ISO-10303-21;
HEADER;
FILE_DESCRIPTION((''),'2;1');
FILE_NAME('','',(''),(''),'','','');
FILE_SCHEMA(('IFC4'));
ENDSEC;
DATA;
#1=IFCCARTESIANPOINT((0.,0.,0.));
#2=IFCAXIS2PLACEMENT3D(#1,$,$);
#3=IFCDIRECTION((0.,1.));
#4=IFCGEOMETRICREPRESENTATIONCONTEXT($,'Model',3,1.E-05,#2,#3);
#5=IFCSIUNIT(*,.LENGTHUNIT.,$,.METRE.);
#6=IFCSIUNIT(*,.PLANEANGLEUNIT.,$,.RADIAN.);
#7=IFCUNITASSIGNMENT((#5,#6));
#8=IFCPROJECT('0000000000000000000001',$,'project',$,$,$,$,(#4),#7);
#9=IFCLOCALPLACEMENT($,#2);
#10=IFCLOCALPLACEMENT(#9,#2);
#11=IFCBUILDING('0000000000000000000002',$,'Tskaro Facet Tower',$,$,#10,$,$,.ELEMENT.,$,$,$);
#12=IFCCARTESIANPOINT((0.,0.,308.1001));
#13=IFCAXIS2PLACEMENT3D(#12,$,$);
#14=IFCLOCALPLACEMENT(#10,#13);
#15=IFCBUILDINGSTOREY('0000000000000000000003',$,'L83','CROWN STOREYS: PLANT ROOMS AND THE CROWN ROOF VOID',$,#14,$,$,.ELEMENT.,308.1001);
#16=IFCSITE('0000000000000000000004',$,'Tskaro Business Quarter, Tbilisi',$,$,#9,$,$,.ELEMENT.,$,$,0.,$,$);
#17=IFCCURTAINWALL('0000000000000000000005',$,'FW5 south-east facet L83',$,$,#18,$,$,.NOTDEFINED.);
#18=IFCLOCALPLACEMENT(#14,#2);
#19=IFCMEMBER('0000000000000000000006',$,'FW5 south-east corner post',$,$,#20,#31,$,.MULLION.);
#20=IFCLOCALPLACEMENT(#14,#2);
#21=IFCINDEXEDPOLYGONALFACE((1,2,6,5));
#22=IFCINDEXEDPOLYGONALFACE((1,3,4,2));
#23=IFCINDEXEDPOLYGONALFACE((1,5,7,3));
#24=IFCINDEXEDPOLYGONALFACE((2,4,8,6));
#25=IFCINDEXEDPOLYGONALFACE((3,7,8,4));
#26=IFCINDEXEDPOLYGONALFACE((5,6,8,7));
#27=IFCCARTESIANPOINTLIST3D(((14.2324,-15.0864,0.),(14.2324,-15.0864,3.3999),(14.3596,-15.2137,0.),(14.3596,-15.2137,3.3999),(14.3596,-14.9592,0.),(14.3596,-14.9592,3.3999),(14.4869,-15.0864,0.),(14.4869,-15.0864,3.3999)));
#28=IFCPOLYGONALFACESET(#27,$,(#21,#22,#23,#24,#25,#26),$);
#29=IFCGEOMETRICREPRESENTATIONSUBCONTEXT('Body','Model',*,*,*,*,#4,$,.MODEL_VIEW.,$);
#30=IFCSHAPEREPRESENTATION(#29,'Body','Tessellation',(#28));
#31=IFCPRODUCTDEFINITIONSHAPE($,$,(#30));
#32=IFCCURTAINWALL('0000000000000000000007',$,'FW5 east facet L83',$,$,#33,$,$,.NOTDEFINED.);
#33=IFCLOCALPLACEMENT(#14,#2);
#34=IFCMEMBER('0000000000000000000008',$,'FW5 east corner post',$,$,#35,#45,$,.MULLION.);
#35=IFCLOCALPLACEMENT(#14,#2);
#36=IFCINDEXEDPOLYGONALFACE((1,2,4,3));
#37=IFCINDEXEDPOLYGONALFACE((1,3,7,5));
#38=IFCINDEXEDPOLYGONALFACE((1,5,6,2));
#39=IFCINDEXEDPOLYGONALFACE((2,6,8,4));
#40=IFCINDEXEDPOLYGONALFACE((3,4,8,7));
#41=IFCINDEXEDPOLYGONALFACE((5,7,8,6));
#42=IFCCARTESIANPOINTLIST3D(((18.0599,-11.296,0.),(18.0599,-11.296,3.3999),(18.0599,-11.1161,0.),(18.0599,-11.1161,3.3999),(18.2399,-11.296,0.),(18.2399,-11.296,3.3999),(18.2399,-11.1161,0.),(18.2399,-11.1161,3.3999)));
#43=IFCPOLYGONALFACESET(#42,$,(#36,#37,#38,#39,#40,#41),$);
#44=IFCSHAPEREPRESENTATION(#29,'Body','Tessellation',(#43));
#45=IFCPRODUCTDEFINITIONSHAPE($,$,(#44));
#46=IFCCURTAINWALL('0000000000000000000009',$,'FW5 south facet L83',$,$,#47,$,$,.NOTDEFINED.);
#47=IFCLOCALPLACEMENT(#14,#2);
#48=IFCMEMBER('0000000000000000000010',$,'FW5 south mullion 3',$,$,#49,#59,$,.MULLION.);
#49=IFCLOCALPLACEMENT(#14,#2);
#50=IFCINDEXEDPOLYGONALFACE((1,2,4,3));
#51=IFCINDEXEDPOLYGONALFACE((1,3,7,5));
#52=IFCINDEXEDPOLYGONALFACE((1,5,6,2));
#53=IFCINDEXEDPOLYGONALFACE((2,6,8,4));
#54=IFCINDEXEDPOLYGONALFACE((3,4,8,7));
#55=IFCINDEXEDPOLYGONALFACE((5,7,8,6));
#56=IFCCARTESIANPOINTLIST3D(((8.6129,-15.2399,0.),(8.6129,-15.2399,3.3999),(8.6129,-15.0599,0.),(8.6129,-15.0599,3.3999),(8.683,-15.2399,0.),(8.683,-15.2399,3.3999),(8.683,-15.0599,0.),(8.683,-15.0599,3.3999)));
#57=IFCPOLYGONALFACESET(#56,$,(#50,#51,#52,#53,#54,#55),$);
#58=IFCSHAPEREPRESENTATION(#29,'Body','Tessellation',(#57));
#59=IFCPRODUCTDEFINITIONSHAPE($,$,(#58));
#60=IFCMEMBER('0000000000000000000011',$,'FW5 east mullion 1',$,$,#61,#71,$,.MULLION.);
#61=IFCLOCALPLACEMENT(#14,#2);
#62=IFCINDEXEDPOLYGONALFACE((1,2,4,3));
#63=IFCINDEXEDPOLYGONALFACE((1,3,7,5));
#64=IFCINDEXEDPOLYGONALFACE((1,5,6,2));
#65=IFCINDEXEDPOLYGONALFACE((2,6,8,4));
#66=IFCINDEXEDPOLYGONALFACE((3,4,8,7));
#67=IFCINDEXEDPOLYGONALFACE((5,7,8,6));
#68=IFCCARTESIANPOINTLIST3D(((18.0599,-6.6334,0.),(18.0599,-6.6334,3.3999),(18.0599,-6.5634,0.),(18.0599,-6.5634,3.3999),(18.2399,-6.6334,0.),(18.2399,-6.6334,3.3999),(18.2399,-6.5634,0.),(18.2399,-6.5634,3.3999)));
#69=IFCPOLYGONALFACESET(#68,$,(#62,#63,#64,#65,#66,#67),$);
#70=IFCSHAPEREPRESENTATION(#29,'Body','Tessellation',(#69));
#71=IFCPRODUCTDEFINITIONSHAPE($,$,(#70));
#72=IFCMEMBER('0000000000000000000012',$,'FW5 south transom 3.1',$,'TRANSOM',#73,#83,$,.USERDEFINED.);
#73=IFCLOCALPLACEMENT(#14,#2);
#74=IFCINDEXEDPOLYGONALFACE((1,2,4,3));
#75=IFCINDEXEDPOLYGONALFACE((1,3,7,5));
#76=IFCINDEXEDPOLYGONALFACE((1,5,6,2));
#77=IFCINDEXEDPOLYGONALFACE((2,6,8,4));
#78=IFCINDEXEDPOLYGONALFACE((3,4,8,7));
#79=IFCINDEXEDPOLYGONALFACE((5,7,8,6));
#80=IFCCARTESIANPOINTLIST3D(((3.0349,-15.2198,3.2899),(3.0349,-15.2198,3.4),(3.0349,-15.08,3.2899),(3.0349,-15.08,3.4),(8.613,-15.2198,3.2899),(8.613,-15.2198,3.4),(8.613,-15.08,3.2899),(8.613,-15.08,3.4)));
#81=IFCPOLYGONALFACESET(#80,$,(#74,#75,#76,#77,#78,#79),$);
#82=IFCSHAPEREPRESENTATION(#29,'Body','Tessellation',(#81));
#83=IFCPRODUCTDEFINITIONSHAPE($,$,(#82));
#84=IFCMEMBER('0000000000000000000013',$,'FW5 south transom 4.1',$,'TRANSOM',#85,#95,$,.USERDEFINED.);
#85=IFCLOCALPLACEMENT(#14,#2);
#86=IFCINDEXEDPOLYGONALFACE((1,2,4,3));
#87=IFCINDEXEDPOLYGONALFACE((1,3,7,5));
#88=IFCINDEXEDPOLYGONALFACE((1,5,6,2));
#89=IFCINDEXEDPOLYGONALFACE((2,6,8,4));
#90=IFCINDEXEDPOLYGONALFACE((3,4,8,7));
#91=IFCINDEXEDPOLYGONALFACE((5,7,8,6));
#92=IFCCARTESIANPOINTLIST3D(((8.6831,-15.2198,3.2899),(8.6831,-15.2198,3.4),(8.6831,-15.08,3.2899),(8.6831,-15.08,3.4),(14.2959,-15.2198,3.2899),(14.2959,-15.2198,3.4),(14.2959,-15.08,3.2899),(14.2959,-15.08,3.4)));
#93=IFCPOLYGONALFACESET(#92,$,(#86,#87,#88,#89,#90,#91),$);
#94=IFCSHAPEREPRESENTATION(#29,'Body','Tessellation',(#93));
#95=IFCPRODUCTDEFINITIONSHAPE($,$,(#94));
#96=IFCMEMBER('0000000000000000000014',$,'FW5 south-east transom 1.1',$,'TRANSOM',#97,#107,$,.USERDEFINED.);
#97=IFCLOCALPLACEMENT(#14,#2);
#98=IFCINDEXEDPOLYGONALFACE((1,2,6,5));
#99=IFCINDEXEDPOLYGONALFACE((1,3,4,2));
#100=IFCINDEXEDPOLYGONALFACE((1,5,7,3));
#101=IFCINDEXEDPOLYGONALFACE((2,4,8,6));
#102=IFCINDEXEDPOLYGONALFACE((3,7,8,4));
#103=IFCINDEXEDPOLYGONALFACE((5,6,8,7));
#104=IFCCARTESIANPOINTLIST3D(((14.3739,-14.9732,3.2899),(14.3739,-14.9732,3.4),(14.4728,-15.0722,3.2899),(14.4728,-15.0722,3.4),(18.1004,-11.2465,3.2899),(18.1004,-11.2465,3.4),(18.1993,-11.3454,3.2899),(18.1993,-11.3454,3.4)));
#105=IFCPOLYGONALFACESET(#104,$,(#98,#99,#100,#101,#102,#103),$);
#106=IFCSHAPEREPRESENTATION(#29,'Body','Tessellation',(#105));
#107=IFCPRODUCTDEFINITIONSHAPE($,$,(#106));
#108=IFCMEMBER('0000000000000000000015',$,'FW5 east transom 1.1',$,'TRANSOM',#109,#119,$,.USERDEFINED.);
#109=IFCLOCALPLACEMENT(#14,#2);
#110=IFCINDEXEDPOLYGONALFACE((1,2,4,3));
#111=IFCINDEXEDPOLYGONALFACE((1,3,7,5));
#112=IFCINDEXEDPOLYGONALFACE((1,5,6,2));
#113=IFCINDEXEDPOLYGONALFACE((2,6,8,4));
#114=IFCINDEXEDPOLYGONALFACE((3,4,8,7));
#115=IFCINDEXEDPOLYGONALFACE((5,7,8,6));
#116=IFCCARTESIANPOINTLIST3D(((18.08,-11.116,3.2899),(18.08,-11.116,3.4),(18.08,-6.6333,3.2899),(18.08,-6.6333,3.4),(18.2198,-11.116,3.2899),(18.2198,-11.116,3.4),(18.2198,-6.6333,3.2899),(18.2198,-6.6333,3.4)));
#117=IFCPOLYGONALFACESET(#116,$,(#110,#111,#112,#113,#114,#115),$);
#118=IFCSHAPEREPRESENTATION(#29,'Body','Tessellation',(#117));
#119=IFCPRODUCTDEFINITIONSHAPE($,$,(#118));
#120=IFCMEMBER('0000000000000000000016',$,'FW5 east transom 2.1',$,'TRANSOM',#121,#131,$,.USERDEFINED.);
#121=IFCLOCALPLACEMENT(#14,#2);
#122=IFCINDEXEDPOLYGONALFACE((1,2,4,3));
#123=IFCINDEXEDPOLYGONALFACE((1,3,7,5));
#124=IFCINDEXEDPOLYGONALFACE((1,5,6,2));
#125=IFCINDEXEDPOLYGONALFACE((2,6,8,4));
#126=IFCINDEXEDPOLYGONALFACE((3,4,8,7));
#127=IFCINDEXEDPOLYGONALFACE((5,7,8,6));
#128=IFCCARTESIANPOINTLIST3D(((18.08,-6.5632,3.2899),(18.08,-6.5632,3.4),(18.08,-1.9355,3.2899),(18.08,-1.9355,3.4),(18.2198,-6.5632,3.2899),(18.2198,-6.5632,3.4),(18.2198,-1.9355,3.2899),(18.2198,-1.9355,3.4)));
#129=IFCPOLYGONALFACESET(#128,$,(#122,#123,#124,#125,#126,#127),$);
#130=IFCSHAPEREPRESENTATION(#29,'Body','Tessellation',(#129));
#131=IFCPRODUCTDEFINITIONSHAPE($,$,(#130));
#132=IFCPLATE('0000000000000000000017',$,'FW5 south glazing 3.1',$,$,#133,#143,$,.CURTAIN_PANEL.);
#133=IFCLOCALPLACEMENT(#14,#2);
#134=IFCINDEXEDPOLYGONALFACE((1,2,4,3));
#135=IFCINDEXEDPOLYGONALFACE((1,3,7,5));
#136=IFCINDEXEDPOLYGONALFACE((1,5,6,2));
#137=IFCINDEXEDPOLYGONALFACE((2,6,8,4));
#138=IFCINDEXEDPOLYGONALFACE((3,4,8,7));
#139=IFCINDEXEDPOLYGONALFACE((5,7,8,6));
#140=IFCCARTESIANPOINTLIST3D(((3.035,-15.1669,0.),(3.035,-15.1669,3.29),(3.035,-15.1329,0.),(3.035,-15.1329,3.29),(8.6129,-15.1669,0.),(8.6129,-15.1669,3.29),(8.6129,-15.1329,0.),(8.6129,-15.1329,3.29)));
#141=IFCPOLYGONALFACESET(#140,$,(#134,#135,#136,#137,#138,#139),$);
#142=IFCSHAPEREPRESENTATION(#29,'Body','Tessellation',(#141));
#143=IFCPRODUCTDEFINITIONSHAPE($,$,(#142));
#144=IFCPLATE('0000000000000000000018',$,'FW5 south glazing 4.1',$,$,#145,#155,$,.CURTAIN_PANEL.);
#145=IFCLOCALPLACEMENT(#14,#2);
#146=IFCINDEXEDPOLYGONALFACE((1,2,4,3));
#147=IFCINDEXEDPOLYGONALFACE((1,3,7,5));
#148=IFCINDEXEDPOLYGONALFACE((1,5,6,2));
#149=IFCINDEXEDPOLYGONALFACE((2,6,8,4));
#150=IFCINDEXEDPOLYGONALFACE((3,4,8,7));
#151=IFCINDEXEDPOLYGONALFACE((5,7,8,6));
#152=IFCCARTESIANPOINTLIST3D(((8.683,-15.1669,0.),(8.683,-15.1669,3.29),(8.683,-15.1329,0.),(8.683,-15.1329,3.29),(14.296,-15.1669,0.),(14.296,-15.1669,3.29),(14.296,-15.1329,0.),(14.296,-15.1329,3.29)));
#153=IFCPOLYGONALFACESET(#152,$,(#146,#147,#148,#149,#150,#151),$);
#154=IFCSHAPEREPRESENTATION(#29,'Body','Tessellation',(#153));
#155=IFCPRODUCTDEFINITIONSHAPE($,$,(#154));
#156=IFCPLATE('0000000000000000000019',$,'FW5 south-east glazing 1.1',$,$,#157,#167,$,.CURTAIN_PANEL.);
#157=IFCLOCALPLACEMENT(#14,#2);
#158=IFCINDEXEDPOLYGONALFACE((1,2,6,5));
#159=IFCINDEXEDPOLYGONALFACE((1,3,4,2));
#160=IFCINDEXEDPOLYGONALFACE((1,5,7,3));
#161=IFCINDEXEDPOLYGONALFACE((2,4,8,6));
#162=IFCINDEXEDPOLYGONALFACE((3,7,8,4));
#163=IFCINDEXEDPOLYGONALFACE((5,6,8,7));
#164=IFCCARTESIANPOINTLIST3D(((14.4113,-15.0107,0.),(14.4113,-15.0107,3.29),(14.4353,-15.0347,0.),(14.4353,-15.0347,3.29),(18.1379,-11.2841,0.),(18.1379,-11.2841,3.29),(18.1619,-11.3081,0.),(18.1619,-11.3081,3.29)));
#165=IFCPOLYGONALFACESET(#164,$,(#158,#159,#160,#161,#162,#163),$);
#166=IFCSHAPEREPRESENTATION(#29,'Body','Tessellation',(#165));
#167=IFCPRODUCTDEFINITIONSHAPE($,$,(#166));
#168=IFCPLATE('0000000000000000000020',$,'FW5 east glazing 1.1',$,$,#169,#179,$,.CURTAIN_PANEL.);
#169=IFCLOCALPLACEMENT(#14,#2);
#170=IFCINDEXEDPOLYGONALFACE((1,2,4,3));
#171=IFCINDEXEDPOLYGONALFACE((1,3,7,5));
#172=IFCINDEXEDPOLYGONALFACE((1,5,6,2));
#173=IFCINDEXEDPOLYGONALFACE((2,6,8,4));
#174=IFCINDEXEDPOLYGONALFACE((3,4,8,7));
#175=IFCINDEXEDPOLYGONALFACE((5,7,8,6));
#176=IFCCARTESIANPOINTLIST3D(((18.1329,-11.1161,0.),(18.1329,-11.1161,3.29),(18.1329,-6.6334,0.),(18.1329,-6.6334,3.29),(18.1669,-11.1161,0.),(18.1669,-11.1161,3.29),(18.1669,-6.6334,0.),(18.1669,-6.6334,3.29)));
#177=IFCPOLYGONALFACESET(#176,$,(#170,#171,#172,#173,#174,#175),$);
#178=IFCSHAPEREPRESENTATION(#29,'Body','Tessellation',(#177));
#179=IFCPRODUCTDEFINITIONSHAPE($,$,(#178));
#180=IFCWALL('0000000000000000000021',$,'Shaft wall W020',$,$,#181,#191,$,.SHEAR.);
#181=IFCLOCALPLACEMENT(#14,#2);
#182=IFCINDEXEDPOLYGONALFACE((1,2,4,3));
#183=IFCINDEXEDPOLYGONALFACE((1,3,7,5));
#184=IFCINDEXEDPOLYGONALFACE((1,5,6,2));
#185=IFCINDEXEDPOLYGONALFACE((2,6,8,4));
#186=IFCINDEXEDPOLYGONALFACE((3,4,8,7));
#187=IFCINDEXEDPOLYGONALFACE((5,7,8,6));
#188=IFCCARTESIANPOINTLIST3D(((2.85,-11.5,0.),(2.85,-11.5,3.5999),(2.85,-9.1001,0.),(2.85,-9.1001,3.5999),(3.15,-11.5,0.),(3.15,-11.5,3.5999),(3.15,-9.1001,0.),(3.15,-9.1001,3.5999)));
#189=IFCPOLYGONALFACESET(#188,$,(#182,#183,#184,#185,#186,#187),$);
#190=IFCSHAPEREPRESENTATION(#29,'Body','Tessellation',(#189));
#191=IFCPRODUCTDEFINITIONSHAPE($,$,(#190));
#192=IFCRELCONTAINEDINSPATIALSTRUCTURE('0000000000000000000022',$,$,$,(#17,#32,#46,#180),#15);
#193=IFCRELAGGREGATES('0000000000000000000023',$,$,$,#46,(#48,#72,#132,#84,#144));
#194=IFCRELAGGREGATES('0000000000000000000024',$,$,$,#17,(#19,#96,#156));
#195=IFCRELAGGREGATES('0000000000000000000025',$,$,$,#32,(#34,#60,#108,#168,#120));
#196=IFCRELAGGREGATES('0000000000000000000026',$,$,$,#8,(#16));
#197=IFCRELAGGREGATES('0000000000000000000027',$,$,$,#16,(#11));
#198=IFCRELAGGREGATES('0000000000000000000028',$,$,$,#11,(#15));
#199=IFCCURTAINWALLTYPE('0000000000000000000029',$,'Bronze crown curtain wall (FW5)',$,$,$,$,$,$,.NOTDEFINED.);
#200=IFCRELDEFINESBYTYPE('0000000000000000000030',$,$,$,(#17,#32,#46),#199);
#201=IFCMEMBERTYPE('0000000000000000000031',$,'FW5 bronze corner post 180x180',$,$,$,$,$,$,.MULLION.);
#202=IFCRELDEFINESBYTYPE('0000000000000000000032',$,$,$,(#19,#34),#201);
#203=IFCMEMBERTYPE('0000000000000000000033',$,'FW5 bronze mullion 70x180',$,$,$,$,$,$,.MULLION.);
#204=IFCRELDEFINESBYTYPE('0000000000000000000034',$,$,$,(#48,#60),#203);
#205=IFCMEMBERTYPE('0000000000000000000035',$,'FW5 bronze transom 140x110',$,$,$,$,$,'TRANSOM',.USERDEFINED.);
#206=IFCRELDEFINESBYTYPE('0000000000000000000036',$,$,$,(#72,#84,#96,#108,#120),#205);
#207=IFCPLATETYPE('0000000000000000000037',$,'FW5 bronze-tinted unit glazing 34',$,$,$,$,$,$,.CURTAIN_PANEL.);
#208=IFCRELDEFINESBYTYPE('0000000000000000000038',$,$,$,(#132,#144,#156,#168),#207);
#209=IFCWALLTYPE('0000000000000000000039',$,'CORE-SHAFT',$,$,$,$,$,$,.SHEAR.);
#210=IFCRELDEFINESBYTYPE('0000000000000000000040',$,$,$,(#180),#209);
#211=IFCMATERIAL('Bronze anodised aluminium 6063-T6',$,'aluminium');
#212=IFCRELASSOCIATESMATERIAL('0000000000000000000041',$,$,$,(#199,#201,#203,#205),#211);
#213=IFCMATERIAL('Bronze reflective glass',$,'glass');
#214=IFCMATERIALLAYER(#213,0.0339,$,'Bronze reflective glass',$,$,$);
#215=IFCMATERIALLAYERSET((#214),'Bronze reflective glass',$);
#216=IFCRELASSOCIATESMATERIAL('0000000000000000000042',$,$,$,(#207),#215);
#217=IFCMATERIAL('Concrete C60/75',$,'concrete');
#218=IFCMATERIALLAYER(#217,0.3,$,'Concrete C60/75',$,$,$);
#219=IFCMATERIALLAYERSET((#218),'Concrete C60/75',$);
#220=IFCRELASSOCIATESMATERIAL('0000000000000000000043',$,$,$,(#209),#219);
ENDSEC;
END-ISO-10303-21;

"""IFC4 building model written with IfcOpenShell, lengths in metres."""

from ifc_helpers import new_model, si_unit, direction, frame, frame_2d, origin, origin_2d, place, context, subcontext, project, spatial, rectangle, extrude, material, layer, layer_set, material_profile, profile_set, type_object, element, aggregate, save


model = new_model("IFC4")

# Units and contexts
model_context = context("Model", 3, precision=1e-05, world=origin(), true_north=direction((0.0, 1.0)))
body_context = subcontext(model_context, "Body", "Model", "MODEL_VIEW")
ifc_project = project(units=[si_unit("LENGTHUNIT", "METRE"), si_unit("PLANEANGLEUNIT", "RADIAN")], contexts=[model_context])

# Site, building, storey
site_placement = place(None, origin())
site = spatial("IfcSite", under=ifc_project, at=site_placement, Name="Tskaro Business Quarter, Tbilisi", CompositionType="ELEMENT", RefElevation=0.0)
building_placement = place(site_placement, origin())
building = spatial("IfcBuilding", under=site, at=building_placement, Name="Tskaro Facet Tower", CompositionType="ELEMENT")
storey_placement = place(building_placement, frame((0.0, 0.0, 308.1001)))
storey = spatial("IfcBuildingStorey", under=building, at=storey_placement, Name="L83", Description="CROWN STOREYS: PLANT ROOMS AND THE CROWN ROOF VOID", CompositionType="ELEMENT", Elevation=308.1001)

# Curtain walls, members
ifc_material_1 = material(Name="Bronze anodised aluminium 6063-T6", Category="aluminium")
curtain_wall_type = type_object("IfcCurtainWallType", Name="Bronze crown curtain wall (FW5)", PredefinedType="NOTDEFINED", material=ifc_material_1)
curtain_wall_1_placement = place(storey_placement, origin())
curtain_wall_1 = element("IfcCurtainWall", 1, at=curtain_wall_1_placement, inside=storey, type_object=curtain_wall_type, Name="FW5 south-east facet L83", PredefinedType="NOTDEFINED")
ifc_material_profile_1 = material_profile(ifc_material_1, rectangle(XDim=0.1799, YDim=0.1799, at=origin_2d()), Name="Corner post 180x180")
ifc_profile_set_1 = profile_set([ifc_material_profile_1], Name="Bronze anodised aluminium 6063-T6")
member_type_1 = type_object("IfcMemberType", Name="FW5 bronze corner post 180x180", PredefinedType="MULLION", material=ifc_profile_set_1)
member_1_placement = place(storey_placement, frame((14.3596, -15.0864, 0.0), z_axis=(0.0, 0.0, 1.0), x_axis=(0.707107, 0.707107, 0.0)))
member_1 = element("IfcMember", 2, at=member_1_placement, type_object=member_type_1, Name="FW5 south-east corner post", PredefinedType="MULLION", context=body_context, shape_type="SweptSolid", body=[
    extrude(rectangle(XDim=0.1799, YDim=0.1799, at=origin_2d()), origin(), (0.0, 0.0, 1.0), 3.3999),
])
curtain_wall_2_placement = place(storey_placement, origin())
curtain_wall_2 = element("IfcCurtainWall", 3, at=curtain_wall_2_placement, inside=storey, type_object=curtain_wall_type, Name="FW5 east facet L83", PredefinedType="NOTDEFINED")
member_2_placement = place(storey_placement, frame((18.1499, -11.2061, 0.0), z_axis=(0.0, 0.0, 1.0), x_axis=(0.0, 1.0, 0.0)))
member_2 = element("IfcMember", 4, at=member_2_placement, type_object=member_type_1, Name="FW5 east corner post", PredefinedType="MULLION", context=body_context, shape_type="SweptSolid", body=[
    extrude(rectangle(XDim=0.1799, YDim=0.1799, at=origin_2d()), origin(), (0.0, 0.0, 1.0), 3.3999),
])
curtain_wall_3_placement = place(storey_placement, origin())
curtain_wall_3 = element("IfcCurtainWall", 5, at=curtain_wall_3_placement, inside=storey, type_object=curtain_wall_type, Name="FW5 south facet L83", PredefinedType="NOTDEFINED")
ifc_material_profile_2 = material_profile(ifc_material_1, rectangle(XDim=0.0701, YDim=0.1799, at=origin_2d()), Name="Mullion 70x180")
ifc_profile_set_2 = profile_set([ifc_material_profile_2], Name="Bronze anodised aluminium 6063-T6")
member_type_2 = type_object("IfcMemberType", Name="FW5 bronze mullion 70x180", PredefinedType="MULLION", material=ifc_profile_set_2)
member_3_placement = place(storey_placement, frame((8.6479, -15.1499, 0.0), z_axis=(0.0, 0.0, 1.0), x_axis=(1.0, 0.0, 0.0)))
member_3 = element("IfcMember", 6, at=member_3_placement, type_object=member_type_2, Name="FW5 south mullion 3", PredefinedType="MULLION", context=body_context, shape_type="SweptSolid", body=[
    extrude(rectangle(XDim=0.0701, YDim=0.1799, at=origin_2d()), origin(), (0.0, 0.0, 1.0), 3.3999),
])

# Members
member_4_placement = place(storey_placement, frame((18.1499, -6.5984, 0.0), z_axis=(0.0, 0.0, 1.0), x_axis=(0.0, 1.0, 0.0)))
member_4 = element("IfcMember", 7, at=member_4_placement, type_object=member_type_2, Name="FW5 east mullion 1", PredefinedType="MULLION", context=body_context, shape_type="SweptSolid", body=[
    extrude(rectangle(XDim=0.0701, YDim=0.1799, at=origin_2d()), origin(), (0.0, 0.0, 1.0), 3.3999),
])
ifc_material_profile_3 = material_profile(ifc_material_1, rectangle(XDim=0.1399, YDim=0.1101, at=origin_2d()), Name="Transom 140x110")
ifc_profile_set_3 = profile_set([ifc_material_profile_3], Name="Bronze anodised aluminium 6063-T6")
member_type_3 = type_object("IfcMemberType", Name="FW5 bronze transom 140x110", ElementType="TRANSOM", PredefinedType="USERDEFINED", material=ifc_profile_set_3)
member_5_placement = place(storey_placement, frame((3.0349, -15.1499, 3.345), z_axis=(1.0, 0.0, 0.0), x_axis=(0.0, 1.0, 0.0)))
member_5 = element("IfcMember", 8, at=member_5_placement, type_object=member_type_3, Name="FW5 south transom 3.1", ObjectType="TRANSOM", PredefinedType="USERDEFINED", context=body_context, shape_type="SweptSolid", body=[
    extrude(rectangle(XDim=0.1399, YDim=0.1101, at=origin_2d()), origin(), (0.0, 0.0, 1.0), 5.5781),
])
member_6_placement = place(storey_placement, frame((8.6831, -15.1499, 3.345), z_axis=(1.0, 0.0, 0.0), x_axis=(0.0, 1.0, 0.0)))
member_6 = element("IfcMember", 9, at=member_6_placement, type_object=member_type_3, Name="FW5 south transom 4.1", ObjectType="TRANSOM", PredefinedType="USERDEFINED", context=body_context, shape_type="SweptSolid", body=[
    extrude(rectangle(XDim=0.1399, YDim=0.1101, at=origin_2d()), origin(), (0.0, 0.0, 1.0), 5.6128),
])
member_7_placement = place(storey_placement, frame((14.4233, -15.0227, 3.345), z_axis=(0.707084, 0.70713, 0.0), x_axis=(-0.70713, 0.707084, 0.0)))
member_7 = element("IfcMember", 10, at=member_7_placement, type_object=member_type_3, Name="FW5 south-east transom 1.1", ObjectType="TRANSOM", PredefinedType="USERDEFINED", context=body_context, shape_type="SweptSolid", body=[
    extrude(rectangle(XDim=0.1399, YDim=0.1101, at=origin_2d()), origin(), (0.0, 0.0, 1.0), 5.2703),
])
member_8_placement = place(storey_placement, frame((18.1499, -11.116, 3.345), z_axis=(0.0, 1.0, 0.0), x_axis=(-1.0, 0.0, 0.0)))
member_8 = element("IfcMember", 11, at=member_8_placement, type_object=member_type_3, Name="FW5 east transom 1.1", ObjectType="TRANSOM", PredefinedType="USERDEFINED", context=body_context, shape_type="SweptSolid", body=[
    extrude(rectangle(XDim=0.1399, YDim=0.1101, at=origin_2d()), origin(), (0.0, 0.0, 1.0), 4.4827),
])
member_9_placement = place(storey_placement, frame((18.1499, -6.5632, 3.345), z_axis=(0.0, 1.0, 0.0), x_axis=(-1.0, 0.0, 0.0)))
member_9 = element("IfcMember", 12, at=member_9_placement, type_object=member_type_3, Name="FW5 east transom 2.1", ObjectType="TRANSOM", PredefinedType="USERDEFINED", context=body_context, shape_type="SweptSolid", body=[
    extrude(rectangle(XDim=0.1399, YDim=0.1101, at=origin_2d()), origin(), (0.0, 0.0, 1.0), 4.6277),
])

# Plates
ifc_material_2 = material(Name="Bronze reflective glass", Category="glass")
ifc_layer_1 = layer(ifc_material_2, 0.0339, Name="Bronze reflective glass")
ifc_layer_set_1 = layer_set([ifc_layer_1], Name="Bronze reflective glass")
plate_type = type_object("IfcPlateType", Name="FW5 bronze-tinted unit glazing 34", PredefinedType="CURTAIN_PANEL", material=ifc_layer_set_1)
plate_1_placement = place(storey_placement, frame((5.824, -15.1499, 0.0), z_axis=(0.0, 0.0, 1.0), x_axis=(1.0, 0.0, 0.0)))
plate_1 = element("IfcPlate", 13, at=plate_1_placement, type_object=plate_type, Name="FW5 south glazing 3.1", PredefinedType="CURTAIN_PANEL", context=body_context, shape_type="SweptSolid", body=[
    extrude(rectangle(XDim=5.5779, YDim=0.0339, at=origin_2d()), origin(), (0.0, 0.0, 1.0), 3.29),
])
plate_2_placement = place(storey_placement, frame((11.4895, -15.1499, 0.0), z_axis=(0.0, 0.0, 1.0), x_axis=(1.0, 0.0, 0.0)))
plate_2 = element("IfcPlate", 14, at=plate_2_placement, type_object=plate_type, Name="FW5 south glazing 4.1", PredefinedType="CURTAIN_PANEL", context=body_context, shape_type="SweptSolid", body=[
    extrude(rectangle(XDim=5.613, YDim=0.0339, at=origin_2d()), origin(), (0.0, 0.0, 1.0), 3.29),
])
aggregate(curtain_wall_3, [member_3, member_5, plate_1, member_6, plate_2])
plate_3_placement = place(storey_placement, frame((16.2866, -13.1594, 0.0), z_axis=(0.0, 0.0, 1.0), x_axis=(0.707107, 0.707107, 0.0)))
plate_3 = element("IfcPlate", 15, at=plate_3_placement, type_object=plate_type, Name="FW5 south-east glazing 1.1", PredefinedType="CURTAIN_PANEL", context=body_context, shape_type="SweptSolid", body=[
    extrude(rectangle(XDim=5.2703, YDim=0.0339, at=origin_2d()), origin(), (0.0, 0.0, 1.0), 3.29),
])
aggregate(curtain_wall_1, [member_1, member_7, plate_3])
plate_4_placement = place(storey_placement, frame((18.1499, -8.8748, 0.0), z_axis=(0.0, 0.0, 1.0), x_axis=(0.0, 1.0, 0.0)))
plate_4 = element("IfcPlate", 16, at=plate_4_placement, type_object=plate_type, Name="FW5 east glazing 1.1", PredefinedType="CURTAIN_PANEL", context=body_context, shape_type="SweptSolid", body=[
    extrude(rectangle(XDim=4.4827, YDim=0.0339, at=origin_2d()), origin(), (0.0, 0.0, 1.0), 3.29),
])
aggregate(curtain_wall_2, [member_2, member_4, member_8, plate_4, member_9])

# Wall
ifc_material_3 = material(Name="Concrete C60/75", Category="concrete")
ifc_layer_2 = layer(ifc_material_3, 0.3, Name="Concrete C60/75")
ifc_layer_set_2 = layer_set([ifc_layer_2], Name="Concrete C60/75")
wall_type_1 = type_object("IfcWallType", Name="CORE-SHAFT", PredefinedType="SHEAR", material=ifc_layer_set_2)
wall_1_placement = place(storey_placement, frame((3.0, -11.5, 0.0), z_axis=(0.0, 0.0, 1.0), x_axis=(0.0, 1.0, 0.0)))
element("IfcWall", 17, at=wall_1_placement, inside=storey, type_object=wall_type_1, Name="Shaft wall W020", PredefinedType="SHEAR", context=body_context, shape_type="SweptSolid", body=[
    extrude(rectangle(XDim=2.3999, YDim=0.3, at=frame_2d((1.2, 0.0))), origin(), (0.0, 0.0, 1.0), 3.5999),
])

save(model, "model.ifc")
